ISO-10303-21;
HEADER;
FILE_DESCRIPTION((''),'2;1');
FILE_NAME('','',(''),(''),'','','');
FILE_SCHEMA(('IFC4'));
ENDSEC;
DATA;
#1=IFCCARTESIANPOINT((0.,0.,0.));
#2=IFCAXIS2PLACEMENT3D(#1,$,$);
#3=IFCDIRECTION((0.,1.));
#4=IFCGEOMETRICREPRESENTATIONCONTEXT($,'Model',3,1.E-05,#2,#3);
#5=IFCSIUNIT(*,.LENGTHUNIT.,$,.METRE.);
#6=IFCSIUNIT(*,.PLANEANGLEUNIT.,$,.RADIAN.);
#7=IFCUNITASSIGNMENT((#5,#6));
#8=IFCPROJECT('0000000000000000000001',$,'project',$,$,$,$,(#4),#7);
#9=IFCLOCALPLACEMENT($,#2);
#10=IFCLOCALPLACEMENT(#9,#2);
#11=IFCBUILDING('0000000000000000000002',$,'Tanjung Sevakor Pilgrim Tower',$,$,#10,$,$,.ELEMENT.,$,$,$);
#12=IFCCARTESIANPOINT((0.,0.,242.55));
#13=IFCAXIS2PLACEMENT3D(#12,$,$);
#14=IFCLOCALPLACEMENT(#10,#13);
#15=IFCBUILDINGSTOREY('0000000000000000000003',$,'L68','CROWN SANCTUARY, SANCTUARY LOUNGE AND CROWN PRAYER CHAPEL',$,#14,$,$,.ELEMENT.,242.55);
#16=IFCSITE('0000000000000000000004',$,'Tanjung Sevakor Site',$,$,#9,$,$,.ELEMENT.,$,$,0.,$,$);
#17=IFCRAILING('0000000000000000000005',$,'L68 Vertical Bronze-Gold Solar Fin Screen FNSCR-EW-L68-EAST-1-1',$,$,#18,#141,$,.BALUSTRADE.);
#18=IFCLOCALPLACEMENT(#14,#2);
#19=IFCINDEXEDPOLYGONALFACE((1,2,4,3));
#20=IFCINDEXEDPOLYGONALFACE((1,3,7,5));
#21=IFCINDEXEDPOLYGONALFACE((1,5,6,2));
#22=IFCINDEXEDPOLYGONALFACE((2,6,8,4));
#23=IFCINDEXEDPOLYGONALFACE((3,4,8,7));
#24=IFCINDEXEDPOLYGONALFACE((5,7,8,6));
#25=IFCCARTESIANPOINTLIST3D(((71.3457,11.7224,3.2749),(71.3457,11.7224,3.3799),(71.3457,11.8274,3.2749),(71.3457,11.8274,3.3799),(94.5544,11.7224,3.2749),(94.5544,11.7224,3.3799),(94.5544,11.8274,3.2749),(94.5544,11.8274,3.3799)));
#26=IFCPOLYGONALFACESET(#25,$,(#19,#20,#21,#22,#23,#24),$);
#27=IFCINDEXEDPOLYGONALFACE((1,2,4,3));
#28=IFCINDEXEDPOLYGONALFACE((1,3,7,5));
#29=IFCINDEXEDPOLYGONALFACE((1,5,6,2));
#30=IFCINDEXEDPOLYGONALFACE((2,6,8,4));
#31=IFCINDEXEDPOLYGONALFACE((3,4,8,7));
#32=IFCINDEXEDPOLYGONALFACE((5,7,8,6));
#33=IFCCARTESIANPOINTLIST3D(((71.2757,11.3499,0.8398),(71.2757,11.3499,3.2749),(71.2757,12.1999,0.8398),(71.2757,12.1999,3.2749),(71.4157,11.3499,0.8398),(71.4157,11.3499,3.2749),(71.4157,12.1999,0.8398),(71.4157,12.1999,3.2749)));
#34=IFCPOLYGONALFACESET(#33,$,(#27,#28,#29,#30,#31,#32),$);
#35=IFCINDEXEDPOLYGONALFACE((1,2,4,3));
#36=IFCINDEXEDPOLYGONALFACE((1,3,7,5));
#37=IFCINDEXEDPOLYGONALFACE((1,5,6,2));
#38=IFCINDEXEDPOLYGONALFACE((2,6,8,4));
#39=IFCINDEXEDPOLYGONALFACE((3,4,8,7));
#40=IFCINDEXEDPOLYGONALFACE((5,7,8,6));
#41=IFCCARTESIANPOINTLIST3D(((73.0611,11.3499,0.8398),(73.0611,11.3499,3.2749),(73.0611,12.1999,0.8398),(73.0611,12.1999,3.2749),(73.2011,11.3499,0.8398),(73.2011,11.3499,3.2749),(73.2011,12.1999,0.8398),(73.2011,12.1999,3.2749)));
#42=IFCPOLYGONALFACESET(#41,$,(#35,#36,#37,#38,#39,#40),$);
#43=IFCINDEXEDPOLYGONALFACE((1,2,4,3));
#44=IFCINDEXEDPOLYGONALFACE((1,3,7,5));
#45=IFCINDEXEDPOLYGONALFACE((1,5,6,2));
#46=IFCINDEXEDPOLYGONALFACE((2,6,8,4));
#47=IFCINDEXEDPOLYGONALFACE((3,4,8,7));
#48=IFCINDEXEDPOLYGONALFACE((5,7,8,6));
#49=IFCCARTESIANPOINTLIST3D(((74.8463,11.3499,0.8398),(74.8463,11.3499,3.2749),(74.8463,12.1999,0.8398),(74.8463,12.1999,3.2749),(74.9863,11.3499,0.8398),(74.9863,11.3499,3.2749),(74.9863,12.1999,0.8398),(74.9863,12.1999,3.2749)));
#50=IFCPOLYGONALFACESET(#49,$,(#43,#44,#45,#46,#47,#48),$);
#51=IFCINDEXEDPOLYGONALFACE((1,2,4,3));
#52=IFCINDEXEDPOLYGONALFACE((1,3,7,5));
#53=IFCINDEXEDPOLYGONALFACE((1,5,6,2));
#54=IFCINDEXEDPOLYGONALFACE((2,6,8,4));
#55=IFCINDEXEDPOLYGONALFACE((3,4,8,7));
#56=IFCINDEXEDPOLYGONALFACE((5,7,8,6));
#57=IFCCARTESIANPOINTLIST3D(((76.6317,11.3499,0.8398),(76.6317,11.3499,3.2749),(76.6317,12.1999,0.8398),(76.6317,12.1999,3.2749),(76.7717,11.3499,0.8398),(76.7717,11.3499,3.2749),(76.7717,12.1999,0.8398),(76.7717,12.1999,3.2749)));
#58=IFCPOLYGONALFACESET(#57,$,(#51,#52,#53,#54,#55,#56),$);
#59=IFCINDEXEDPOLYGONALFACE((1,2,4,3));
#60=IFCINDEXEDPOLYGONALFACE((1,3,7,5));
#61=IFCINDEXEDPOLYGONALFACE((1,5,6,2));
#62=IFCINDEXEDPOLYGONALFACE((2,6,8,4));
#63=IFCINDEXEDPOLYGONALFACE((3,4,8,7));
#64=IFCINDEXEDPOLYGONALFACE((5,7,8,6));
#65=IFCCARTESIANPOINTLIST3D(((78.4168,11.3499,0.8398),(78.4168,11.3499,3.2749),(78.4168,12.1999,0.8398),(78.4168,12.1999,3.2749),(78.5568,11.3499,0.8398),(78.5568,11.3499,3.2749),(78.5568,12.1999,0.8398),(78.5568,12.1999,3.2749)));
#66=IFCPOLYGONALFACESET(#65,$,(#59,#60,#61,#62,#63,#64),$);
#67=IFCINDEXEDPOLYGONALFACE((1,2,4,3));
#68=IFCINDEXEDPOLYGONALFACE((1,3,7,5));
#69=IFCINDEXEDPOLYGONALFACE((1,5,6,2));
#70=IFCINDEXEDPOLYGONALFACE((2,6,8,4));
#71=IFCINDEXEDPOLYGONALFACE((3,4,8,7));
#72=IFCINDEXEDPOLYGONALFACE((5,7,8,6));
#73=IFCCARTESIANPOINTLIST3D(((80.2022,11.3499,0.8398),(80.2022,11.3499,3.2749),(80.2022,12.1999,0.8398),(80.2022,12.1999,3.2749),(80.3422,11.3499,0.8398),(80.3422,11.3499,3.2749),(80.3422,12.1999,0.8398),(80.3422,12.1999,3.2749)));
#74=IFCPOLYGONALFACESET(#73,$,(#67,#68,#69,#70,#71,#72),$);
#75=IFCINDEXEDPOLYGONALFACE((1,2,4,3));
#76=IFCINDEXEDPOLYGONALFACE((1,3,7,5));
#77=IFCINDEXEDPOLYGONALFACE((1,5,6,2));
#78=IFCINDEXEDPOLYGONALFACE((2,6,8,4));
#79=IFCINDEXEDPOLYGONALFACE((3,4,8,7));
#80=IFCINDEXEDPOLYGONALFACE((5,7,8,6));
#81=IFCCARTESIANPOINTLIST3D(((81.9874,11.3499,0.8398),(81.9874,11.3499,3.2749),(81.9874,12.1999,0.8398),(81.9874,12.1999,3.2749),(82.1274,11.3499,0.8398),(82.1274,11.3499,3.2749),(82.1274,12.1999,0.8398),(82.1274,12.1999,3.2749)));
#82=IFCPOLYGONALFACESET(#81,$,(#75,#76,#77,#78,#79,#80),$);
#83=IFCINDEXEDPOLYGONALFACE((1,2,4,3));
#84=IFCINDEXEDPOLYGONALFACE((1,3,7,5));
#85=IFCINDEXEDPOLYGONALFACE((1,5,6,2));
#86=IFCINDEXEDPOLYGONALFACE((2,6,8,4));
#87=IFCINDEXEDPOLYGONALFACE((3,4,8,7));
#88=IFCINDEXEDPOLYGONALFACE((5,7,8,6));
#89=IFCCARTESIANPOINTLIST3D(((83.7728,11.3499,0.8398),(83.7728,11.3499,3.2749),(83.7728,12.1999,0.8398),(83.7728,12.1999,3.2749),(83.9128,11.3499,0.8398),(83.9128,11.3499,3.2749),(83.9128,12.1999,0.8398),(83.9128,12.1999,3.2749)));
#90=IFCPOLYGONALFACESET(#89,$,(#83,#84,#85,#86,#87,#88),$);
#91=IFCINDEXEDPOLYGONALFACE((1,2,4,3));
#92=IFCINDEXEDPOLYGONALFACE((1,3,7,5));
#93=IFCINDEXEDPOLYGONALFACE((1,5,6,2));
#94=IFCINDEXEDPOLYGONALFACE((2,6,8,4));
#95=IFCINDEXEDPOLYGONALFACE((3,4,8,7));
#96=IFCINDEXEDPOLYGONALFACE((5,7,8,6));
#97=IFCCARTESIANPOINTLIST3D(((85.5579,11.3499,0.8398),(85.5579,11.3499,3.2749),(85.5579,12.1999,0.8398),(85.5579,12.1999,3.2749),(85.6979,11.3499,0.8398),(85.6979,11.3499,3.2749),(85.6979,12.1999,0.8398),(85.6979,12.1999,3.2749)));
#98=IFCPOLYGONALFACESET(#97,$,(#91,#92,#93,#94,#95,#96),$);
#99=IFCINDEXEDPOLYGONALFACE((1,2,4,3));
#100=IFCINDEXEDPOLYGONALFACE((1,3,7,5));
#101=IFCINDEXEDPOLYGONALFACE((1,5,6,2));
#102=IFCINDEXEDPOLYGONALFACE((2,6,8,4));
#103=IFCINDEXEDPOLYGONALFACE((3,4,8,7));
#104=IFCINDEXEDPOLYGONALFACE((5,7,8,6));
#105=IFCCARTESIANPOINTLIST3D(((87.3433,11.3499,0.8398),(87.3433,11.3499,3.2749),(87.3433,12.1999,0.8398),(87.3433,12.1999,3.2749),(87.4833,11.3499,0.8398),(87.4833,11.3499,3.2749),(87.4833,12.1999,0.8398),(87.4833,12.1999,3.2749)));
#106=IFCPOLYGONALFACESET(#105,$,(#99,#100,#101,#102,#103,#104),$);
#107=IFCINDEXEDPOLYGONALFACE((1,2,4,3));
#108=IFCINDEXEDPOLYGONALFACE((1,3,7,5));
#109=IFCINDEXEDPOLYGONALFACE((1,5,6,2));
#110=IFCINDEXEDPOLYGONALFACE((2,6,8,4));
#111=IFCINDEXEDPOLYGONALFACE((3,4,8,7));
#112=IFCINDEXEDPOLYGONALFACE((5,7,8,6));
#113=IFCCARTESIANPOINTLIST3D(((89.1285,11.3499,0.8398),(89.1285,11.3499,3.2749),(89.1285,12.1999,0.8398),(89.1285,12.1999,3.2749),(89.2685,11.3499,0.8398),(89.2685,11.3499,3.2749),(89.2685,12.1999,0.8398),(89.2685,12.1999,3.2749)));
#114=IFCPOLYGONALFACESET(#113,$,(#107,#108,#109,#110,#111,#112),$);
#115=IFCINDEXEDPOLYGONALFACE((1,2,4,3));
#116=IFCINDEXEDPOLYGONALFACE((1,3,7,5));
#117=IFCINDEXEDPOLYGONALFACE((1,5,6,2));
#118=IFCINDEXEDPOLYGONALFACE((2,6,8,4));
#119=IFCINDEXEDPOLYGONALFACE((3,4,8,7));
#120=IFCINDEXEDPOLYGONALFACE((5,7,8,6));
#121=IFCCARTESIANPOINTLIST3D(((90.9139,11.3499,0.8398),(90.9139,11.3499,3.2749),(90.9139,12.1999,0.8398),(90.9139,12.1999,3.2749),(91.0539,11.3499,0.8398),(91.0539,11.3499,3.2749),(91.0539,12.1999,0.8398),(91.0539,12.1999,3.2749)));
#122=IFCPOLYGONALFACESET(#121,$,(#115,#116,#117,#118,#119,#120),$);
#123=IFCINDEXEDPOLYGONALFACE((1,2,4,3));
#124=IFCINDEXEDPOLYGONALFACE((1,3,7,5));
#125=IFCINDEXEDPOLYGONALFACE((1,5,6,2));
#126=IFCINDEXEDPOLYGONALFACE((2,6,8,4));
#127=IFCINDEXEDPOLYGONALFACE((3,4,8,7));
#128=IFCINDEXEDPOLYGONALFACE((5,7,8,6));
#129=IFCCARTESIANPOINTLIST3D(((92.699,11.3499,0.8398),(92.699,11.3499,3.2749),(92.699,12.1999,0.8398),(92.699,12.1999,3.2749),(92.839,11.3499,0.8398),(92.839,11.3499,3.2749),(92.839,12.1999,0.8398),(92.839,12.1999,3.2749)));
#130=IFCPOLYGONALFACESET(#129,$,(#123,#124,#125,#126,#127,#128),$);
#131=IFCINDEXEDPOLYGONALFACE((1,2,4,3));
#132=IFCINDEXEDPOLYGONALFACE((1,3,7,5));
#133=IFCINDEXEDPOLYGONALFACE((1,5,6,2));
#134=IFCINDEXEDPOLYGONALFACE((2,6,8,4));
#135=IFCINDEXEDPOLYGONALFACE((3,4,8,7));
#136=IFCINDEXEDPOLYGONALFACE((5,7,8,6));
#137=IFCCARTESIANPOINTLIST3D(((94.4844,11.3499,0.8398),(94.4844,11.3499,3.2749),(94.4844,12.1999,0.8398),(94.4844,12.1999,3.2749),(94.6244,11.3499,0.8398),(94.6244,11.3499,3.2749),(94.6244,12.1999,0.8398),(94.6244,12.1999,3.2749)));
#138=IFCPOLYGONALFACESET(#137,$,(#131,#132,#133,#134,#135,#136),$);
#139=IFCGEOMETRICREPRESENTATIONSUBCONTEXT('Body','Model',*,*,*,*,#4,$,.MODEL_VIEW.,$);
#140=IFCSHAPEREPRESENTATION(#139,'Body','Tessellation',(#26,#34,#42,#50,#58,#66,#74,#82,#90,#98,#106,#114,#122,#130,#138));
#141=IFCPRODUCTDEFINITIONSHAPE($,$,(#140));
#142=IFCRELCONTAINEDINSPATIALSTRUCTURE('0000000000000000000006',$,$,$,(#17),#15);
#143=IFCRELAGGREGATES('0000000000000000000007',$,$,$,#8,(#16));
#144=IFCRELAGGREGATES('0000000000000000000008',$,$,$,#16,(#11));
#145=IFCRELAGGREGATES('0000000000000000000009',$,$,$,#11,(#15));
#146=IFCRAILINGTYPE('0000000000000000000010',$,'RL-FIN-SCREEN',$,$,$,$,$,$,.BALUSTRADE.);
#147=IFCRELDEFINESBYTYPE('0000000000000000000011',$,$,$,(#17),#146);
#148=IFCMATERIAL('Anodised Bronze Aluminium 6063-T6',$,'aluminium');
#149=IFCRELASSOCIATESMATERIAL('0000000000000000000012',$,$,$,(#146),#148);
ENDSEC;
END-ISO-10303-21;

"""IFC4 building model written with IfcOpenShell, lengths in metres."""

from ifc_helpers import new_model, si_unit, direction, frame, origin, place, context, subcontext, project, spatial, rectangle, extrude, material, type_object, element, save


model = new_model("IFC4")

# Units and contexts
model_context = context("Model", 3, precision=1e-05, world=origin(), true_north=direction((0.0, 1.0)))
body_context = subcontext(model_context, "Body", "Model", "MODEL_VIEW")
ifc_project = project(units=[si_unit("LENGTHUNIT", "METRE"), si_unit("PLANEANGLEUNIT", "RADIAN")], contexts=[model_context])

# Site, building, storey
site_placement = place(None, origin())
site = spatial("IfcSite", under=ifc_project, at=site_placement, Name="Tanjung Sevakor Site", CompositionType="ELEMENT", RefElevation=0.0)
building_placement = place(site_placement, origin())
building = spatial("IfcBuilding", under=site, at=building_placement, Name="Tanjung Sevakor Pilgrim Tower", CompositionType="ELEMENT")
storey_placement = place(building_placement, frame((0.0, 0.0, 242.55)))
storey = spatial("IfcBuildingStorey", under=building, at=storey_placement, Name="L68", Description="CROWN SANCTUARY, SANCTUARY LOUNGE AND CROWN PRAYER CHAPEL", CompositionType="ELEMENT", Elevation=242.55)

# Railing
ifc_material_1 = material(Name="Anodised Bronze Aluminium 6063-T6", Category="aluminium")
railing_type = type_object("IfcRailingType", Name="RL-FIN-SCREEN", PredefinedType="BALUSTRADE", material=ifc_material_1)
railing_placement = place(storey_placement, frame((71.3457, 11.7749, 0.8398)))
element("IfcRailing", 1, at=railing_placement, inside=storey, type_object=railing_type, Name="L68 Vertical Bronze-Gold Solar Fin Screen FNSCR-EW-L68-EAST-1-1", PredefinedType="BALUSTRADE", context=body_context, shape_type="SweptSolid", body=[
    extrude(rectangle(XDim=0.105, YDim=0.105), frame((0.0, 0.0, 2.4875), z_axis=(1.0, 0.0, 0.0), x_axis=(0.0, 1.0, 0.0)), (0.0, 0.0, 1.0), 23.2087),
    extrude(rectangle(XDim=0.14, YDim=0.85), origin(), (0.0, 0.0, 1.0), 2.4351),
    extrude(rectangle(XDim=0.14, YDim=0.85), frame((1.7854, 0.0, 0.0)), (0.0, 0.0, 1.0), 2.4351),
    extrude(rectangle(XDim=0.14, YDim=0.85), frame((3.5706, 0.0, 0.0)), (0.0, 0.0, 1.0), 2.4351),
    extrude(rectangle(XDim=0.14, YDim=0.85), frame((5.356, 0.0, 0.0)), (0.0, 0.0, 1.0), 2.4351),
    extrude(rectangle(XDim=0.14, YDim=0.85), frame((7.1411, 0.0, 0.0)), (0.0, 0.0, 1.0), 2.4351),
    extrude(rectangle(XDim=0.14, YDim=0.85), frame((8.9265, 0.0, 0.0)), (0.0, 0.0, 1.0), 2.4351),
    extrude(rectangle(XDim=0.14, YDim=0.85), frame((10.7117, 0.0, 0.0)), (0.0, 0.0, 1.0), 2.4351),
    extrude(rectangle(XDim=0.14, YDim=0.85), frame((12.4971, 0.0, 0.0)), (0.0, 0.0, 1.0), 2.4351),
    extrude(rectangle(XDim=0.14, YDim=0.85), frame((14.2822, 0.0, 0.0)), (0.0, 0.0, 1.0), 2.4351),
    extrude(rectangle(XDim=0.14, YDim=0.85), frame((16.0676, 0.0, 0.0)), (0.0, 0.0, 1.0), 2.4351),
    extrude(rectangle(XDim=0.14, YDim=0.85), frame((17.8528, 0.0, 0.0)), (0.0, 0.0, 1.0), 2.4351),
    extrude(rectangle(XDim=0.14, YDim=0.85), frame((19.6382, 0.0, 0.0)), (0.0, 0.0, 1.0), 2.4351),
    extrude(rectangle(XDim=0.14, YDim=0.85), frame((21.4233, 0.0, 0.0)), (0.0, 0.0, 1.0), 2.4351),
    extrude(rectangle(XDim=0.14, YDim=0.85), frame((23.2087, 0.0, 0.0)), (0.0, 0.0, 1.0), 2.4351),
])

save(model, "model.ifc")
